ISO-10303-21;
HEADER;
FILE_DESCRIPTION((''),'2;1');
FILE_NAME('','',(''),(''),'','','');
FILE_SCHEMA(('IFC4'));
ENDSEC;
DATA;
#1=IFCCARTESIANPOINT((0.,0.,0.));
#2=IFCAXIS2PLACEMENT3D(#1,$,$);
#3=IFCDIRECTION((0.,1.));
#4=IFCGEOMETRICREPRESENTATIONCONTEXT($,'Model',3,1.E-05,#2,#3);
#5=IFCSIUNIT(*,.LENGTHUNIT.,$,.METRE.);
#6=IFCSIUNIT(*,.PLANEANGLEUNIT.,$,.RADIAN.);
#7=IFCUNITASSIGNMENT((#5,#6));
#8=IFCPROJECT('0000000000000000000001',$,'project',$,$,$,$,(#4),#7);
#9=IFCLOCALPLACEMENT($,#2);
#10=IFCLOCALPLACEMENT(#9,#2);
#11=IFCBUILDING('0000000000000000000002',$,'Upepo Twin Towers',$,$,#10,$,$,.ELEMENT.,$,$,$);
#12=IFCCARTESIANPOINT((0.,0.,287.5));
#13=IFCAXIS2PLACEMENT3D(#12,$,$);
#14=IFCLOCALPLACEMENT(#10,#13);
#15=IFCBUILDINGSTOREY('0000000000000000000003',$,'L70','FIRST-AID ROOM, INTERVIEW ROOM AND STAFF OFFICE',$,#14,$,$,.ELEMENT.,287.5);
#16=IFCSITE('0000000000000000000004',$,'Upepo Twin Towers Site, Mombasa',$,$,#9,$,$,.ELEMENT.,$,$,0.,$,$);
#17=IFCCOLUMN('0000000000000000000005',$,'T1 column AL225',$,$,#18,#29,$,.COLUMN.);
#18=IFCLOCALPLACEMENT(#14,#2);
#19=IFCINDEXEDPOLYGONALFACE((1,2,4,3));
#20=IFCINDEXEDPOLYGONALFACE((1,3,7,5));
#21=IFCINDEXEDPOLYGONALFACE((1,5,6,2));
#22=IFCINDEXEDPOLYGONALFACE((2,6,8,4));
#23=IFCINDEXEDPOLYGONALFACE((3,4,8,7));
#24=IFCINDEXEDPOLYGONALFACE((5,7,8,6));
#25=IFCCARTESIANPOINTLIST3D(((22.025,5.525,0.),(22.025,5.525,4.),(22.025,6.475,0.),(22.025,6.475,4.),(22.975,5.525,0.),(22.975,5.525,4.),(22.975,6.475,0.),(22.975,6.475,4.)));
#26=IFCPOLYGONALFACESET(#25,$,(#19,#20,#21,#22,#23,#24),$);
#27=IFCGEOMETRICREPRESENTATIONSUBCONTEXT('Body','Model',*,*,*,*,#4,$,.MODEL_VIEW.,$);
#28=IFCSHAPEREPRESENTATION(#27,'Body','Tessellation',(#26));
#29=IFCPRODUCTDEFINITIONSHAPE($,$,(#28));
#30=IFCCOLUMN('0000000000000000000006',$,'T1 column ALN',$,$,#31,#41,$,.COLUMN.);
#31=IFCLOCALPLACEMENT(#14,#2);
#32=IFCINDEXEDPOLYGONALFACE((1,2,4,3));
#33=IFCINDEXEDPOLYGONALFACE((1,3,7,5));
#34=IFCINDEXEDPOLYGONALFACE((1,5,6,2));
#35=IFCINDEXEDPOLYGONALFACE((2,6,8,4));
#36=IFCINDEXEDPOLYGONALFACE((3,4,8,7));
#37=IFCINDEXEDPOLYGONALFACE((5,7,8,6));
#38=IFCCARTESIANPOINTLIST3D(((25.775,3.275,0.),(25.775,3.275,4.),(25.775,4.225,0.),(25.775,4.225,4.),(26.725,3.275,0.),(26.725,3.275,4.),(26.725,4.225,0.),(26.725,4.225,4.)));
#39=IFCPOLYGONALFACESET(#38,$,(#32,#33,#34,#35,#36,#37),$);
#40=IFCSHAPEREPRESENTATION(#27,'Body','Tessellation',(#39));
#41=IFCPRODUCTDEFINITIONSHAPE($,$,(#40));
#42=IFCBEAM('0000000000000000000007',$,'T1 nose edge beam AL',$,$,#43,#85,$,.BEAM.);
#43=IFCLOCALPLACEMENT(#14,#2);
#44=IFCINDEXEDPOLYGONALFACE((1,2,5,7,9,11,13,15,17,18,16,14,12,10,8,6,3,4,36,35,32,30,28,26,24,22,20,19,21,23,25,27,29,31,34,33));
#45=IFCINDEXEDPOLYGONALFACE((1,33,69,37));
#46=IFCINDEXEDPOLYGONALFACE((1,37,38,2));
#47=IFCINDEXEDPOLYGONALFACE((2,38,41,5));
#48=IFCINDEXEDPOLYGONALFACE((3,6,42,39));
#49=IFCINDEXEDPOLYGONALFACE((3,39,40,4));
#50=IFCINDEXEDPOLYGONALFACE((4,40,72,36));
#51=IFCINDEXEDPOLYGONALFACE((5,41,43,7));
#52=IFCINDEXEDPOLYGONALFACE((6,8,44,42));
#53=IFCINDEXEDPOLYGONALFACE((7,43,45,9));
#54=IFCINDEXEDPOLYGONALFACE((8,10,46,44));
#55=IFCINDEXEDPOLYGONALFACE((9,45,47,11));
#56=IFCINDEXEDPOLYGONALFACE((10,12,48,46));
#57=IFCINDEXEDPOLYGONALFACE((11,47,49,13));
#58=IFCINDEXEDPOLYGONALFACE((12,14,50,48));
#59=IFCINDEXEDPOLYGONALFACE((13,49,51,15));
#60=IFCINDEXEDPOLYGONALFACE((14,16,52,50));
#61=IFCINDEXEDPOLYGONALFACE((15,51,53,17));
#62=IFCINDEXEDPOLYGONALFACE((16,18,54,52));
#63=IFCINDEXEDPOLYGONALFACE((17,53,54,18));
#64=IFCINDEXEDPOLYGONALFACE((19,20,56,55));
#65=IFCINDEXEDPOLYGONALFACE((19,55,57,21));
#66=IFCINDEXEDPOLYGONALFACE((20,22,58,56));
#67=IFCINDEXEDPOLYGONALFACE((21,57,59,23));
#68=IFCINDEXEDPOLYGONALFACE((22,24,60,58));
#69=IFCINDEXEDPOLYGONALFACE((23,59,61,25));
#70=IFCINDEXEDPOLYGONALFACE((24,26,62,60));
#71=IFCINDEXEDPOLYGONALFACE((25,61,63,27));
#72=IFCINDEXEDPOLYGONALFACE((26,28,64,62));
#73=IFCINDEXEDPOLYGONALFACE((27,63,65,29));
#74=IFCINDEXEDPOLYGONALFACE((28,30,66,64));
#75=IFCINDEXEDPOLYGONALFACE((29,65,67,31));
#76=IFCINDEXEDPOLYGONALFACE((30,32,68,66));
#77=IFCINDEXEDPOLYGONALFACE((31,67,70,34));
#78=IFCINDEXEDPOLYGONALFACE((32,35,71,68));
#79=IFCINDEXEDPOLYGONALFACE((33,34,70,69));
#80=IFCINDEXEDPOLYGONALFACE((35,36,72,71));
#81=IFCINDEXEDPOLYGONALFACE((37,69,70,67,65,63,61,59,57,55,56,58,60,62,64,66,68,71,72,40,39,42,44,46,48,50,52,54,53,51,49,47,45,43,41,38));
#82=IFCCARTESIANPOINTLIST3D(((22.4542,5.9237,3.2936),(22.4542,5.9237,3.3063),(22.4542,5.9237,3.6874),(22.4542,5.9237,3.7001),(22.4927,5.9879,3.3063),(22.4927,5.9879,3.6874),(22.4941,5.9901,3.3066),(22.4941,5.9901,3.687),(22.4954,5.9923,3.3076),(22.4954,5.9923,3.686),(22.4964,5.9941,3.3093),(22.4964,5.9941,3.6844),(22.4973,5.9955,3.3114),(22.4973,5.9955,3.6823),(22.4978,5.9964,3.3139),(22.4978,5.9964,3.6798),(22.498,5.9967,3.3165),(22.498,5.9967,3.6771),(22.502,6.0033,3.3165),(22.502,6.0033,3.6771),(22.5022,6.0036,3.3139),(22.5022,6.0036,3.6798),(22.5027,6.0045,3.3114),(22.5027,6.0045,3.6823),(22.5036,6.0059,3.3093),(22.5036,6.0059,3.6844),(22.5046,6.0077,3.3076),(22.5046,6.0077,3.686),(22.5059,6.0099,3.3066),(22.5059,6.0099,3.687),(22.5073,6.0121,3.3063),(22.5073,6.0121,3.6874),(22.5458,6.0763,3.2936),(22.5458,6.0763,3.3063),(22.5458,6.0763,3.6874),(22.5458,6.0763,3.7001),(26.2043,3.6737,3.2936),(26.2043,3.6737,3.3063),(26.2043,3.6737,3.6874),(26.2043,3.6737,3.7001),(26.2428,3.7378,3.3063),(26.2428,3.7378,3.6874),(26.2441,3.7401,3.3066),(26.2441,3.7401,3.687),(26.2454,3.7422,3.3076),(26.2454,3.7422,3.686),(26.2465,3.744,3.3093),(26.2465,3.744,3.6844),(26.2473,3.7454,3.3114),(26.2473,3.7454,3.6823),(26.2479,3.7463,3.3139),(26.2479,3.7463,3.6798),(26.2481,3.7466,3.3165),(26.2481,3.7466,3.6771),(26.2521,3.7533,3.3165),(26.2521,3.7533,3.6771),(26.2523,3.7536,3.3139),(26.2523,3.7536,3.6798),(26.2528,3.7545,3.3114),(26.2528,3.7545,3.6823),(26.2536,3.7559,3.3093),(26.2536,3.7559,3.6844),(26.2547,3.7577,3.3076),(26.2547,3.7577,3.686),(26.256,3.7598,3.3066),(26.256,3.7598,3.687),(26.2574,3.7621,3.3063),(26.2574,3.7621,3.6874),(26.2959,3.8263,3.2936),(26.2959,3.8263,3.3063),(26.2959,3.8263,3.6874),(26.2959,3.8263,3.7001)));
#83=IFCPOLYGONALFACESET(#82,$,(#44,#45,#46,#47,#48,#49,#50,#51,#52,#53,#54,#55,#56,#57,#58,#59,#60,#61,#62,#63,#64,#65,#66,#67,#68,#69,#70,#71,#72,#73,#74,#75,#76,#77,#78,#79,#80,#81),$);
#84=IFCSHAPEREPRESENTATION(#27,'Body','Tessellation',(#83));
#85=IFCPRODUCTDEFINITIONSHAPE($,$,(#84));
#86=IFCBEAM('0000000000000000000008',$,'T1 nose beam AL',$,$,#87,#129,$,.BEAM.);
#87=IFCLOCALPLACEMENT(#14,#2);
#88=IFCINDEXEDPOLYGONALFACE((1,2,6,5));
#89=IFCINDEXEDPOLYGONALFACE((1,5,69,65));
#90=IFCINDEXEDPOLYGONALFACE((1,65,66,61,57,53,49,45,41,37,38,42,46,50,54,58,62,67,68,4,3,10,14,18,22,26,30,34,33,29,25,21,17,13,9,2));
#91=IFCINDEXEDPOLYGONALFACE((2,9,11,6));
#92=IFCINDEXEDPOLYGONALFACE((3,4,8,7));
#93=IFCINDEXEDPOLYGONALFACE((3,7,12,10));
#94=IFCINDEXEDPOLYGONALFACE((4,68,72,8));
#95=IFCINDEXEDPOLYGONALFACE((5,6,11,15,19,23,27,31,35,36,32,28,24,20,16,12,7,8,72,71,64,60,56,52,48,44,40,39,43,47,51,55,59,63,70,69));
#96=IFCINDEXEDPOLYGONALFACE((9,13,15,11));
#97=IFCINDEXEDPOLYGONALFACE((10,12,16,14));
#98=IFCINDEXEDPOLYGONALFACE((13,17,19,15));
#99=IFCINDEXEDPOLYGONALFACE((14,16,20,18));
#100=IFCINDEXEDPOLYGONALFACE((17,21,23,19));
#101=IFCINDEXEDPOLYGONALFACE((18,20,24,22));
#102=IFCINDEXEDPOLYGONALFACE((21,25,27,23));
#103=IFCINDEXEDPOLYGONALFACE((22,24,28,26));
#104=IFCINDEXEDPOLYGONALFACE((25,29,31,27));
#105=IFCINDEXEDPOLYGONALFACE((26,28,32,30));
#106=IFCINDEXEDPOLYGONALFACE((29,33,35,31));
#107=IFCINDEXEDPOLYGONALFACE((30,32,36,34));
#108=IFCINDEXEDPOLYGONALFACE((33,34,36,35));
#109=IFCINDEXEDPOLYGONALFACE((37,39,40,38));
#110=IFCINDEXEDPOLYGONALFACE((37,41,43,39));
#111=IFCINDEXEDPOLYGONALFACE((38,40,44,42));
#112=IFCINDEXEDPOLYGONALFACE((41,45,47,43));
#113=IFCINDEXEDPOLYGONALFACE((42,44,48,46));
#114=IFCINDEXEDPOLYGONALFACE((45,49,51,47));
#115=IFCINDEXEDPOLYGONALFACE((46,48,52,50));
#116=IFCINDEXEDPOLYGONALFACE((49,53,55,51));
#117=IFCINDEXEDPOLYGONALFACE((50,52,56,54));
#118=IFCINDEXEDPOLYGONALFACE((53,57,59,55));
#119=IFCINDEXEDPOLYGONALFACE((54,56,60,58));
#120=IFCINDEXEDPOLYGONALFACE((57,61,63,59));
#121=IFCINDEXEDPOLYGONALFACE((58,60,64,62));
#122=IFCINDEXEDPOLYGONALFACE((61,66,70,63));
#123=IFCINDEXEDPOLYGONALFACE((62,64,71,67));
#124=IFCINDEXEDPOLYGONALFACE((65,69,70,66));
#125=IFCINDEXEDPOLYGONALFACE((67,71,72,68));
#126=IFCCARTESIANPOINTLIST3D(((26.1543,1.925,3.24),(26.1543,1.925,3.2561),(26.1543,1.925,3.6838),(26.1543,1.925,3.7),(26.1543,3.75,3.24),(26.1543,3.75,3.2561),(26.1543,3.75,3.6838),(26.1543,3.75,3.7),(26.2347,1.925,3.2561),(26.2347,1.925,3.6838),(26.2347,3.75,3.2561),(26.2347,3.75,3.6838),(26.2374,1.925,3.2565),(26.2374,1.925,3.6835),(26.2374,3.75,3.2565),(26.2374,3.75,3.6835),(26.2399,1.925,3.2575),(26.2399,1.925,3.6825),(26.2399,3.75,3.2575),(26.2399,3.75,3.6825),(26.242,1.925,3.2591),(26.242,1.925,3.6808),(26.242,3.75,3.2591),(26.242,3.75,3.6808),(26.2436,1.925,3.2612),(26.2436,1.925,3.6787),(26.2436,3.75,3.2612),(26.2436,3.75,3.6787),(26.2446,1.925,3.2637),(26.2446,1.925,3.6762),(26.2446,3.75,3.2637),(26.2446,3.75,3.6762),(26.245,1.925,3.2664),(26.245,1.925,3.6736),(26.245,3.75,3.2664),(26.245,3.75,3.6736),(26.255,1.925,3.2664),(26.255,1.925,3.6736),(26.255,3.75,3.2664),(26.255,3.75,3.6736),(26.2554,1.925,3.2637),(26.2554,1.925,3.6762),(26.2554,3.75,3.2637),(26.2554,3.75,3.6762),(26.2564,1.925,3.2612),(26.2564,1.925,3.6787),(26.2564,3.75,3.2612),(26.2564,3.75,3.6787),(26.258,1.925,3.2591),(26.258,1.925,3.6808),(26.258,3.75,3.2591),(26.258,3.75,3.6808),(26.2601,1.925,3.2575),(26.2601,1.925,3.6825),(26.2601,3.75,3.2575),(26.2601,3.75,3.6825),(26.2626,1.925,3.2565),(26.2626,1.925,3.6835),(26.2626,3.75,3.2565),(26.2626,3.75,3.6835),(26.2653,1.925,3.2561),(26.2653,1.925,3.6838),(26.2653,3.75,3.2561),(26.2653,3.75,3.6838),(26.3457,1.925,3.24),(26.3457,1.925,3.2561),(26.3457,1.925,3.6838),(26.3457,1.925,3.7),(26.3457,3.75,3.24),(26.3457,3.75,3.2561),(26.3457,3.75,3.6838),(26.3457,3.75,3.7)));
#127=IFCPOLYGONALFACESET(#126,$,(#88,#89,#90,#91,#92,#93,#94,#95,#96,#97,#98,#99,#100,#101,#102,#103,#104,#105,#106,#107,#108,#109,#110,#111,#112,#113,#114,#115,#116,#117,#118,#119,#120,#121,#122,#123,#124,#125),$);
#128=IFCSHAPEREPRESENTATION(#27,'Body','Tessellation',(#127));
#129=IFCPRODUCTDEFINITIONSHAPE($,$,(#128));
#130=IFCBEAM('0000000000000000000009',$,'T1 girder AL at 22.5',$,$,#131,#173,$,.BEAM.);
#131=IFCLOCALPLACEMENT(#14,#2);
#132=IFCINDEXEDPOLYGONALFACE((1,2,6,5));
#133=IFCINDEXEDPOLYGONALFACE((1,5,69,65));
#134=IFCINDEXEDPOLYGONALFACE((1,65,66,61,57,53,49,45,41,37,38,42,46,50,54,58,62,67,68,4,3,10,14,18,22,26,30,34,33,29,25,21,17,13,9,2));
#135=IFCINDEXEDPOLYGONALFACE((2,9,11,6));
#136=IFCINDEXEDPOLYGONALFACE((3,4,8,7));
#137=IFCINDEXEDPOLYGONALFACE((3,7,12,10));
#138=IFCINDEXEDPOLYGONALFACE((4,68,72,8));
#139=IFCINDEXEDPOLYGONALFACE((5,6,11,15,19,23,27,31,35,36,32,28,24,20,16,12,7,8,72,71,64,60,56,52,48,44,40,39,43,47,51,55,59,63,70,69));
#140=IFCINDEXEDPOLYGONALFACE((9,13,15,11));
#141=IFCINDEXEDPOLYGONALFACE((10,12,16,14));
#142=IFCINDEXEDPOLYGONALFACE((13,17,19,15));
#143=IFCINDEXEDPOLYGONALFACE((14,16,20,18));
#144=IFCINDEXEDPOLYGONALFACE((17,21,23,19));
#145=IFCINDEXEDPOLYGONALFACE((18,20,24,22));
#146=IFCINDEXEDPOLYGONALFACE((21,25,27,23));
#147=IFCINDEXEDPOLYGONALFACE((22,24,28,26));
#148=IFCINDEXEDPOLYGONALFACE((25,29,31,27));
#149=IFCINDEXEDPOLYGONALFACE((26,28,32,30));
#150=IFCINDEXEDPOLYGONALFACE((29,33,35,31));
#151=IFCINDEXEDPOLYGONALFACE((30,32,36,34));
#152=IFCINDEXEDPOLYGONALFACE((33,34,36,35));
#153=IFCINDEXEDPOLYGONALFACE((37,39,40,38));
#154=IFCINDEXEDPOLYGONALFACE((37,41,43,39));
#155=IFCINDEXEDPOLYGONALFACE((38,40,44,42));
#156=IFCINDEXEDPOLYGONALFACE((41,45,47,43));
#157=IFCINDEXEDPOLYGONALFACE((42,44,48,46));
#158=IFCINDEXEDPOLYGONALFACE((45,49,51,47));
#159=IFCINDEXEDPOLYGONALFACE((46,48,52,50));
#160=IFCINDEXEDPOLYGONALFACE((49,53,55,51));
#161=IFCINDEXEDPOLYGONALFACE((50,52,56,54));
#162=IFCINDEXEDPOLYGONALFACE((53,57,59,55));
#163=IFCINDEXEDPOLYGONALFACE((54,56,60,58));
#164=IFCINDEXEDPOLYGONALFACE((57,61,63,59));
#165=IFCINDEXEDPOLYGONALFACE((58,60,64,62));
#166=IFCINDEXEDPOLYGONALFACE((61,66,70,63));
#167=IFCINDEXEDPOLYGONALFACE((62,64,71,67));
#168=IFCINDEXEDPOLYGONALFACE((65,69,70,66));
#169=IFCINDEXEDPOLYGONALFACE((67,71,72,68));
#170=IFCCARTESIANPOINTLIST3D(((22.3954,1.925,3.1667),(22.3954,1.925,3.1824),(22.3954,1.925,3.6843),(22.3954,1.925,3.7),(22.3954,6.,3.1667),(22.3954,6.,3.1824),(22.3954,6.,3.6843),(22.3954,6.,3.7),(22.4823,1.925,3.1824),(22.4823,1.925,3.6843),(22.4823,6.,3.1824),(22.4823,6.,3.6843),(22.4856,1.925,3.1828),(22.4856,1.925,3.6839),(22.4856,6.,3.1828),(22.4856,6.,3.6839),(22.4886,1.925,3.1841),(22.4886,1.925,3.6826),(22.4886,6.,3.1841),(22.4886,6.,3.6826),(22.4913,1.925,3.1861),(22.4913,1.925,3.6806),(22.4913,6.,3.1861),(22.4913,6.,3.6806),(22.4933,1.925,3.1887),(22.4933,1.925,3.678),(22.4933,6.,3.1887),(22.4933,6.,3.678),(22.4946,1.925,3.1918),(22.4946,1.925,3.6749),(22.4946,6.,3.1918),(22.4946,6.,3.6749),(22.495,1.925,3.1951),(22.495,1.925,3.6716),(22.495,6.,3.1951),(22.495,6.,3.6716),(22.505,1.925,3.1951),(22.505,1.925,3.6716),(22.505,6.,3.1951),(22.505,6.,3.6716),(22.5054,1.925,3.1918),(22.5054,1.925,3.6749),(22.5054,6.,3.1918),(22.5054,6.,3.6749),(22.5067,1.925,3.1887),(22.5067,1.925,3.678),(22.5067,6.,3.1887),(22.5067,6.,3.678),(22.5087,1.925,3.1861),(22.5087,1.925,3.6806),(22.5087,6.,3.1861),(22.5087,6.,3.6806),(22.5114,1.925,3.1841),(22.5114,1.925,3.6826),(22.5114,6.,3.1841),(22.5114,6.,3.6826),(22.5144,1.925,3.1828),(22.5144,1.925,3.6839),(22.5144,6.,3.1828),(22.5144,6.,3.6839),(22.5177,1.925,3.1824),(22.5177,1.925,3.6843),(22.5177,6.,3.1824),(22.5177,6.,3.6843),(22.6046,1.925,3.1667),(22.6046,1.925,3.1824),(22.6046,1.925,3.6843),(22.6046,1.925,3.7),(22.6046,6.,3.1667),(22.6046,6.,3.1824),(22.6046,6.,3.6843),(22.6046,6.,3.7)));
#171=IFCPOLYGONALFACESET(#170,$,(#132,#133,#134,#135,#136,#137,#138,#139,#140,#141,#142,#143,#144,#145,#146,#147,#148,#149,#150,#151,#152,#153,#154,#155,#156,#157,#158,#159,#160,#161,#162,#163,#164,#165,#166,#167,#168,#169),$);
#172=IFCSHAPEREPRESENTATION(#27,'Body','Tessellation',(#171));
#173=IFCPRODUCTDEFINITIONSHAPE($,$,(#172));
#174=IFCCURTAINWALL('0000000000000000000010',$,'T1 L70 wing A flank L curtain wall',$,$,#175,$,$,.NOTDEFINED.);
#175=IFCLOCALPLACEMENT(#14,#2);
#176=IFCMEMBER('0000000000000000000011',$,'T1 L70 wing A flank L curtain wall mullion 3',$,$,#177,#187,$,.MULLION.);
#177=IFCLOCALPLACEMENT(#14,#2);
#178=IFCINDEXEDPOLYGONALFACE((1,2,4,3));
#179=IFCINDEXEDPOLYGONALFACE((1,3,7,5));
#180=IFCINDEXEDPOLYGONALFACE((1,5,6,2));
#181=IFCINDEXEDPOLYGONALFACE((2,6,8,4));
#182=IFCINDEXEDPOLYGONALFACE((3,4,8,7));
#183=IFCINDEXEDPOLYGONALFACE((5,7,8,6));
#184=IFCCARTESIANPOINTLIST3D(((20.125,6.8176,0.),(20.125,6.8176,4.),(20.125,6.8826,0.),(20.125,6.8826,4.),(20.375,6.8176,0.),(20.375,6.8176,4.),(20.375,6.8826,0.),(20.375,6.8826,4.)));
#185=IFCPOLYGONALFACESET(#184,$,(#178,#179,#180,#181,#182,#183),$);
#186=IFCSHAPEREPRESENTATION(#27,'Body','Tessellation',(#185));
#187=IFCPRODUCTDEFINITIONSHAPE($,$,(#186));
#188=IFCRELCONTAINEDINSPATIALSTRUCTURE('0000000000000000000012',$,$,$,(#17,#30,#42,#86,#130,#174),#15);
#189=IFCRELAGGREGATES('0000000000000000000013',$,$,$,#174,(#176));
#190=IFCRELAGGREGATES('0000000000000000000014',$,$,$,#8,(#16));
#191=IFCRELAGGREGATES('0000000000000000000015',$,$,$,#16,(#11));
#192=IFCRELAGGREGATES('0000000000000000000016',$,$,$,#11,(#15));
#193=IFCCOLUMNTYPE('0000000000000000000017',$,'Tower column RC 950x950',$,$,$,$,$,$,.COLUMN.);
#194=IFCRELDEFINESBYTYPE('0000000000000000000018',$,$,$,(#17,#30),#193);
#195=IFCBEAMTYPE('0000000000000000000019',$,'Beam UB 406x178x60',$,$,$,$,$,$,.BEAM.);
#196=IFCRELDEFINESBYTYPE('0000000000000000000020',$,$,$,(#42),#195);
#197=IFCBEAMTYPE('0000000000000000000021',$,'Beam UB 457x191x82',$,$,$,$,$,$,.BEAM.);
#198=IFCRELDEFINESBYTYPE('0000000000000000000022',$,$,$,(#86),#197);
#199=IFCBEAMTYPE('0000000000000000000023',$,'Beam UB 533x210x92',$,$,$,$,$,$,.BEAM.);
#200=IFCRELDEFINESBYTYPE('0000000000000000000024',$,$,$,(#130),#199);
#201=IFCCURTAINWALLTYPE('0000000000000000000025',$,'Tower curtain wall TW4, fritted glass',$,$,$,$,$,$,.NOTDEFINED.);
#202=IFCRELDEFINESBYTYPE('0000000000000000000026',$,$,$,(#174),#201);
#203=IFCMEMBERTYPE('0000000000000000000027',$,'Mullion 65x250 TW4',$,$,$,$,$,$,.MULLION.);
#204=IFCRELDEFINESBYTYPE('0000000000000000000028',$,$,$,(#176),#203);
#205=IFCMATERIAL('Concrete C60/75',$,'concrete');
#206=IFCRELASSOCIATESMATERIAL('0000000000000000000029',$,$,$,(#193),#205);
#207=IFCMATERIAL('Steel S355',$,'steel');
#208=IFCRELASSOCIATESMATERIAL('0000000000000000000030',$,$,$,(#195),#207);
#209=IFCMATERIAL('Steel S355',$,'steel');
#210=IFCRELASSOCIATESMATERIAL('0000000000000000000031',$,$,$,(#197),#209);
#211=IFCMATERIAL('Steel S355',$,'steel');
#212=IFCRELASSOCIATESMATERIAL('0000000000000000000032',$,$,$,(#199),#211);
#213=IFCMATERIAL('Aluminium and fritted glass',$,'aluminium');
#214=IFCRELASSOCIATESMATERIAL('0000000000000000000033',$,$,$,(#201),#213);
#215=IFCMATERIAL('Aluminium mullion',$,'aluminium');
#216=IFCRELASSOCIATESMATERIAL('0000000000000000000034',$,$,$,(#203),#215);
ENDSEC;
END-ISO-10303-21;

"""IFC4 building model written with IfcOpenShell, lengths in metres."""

from ifc_helpers import new_model, si_unit, direction, frame, origin, origin_2d, place, context, subcontext, project, spatial, rectangle, i_section, extrude, material, material_profile, profile_set, type_object, element, aggregate, save


model = new_model("IFC4")

# Units and contexts
model_context = context("Model", 3, precision=1e-05, world=origin(), true_north=direction((0.0, 1.0)))
body_context = subcontext(model_context, "Body", "Model", "MODEL_VIEW")
ifc_project = project(units=[si_unit("LENGTHUNIT", "METRE"), si_unit("PLANEANGLEUNIT", "RADIAN")], contexts=[model_context])

# Site, building, storey
site_placement = place(None, origin())
site = spatial("IfcSite", under=ifc_project, at=site_placement, Name="Upepo Twin Towers Site, Mombasa", CompositionType="ELEMENT", RefElevation=0.0)
building_placement = place(site_placement, origin())
building = spatial("IfcBuilding", under=site, at=building_placement, Name="Upepo Twin Towers", CompositionType="ELEMENT")
storey_placement = place(building_placement, frame((0.0, 0.0, 287.5)))
storey = spatial("IfcBuildingStorey", under=building, at=storey_placement, Name="L70", Description="FIRST-AID ROOM, INTERVIEW ROOM AND STAFF OFFICE", CompositionType="ELEMENT", Elevation=287.5)

# Columns
ifc_material_1 = material(Name="Concrete C60/75", Category="concrete")
ifc_material_profile_1 = material_profile(ifc_material_1, rectangle(XDim=0.95, YDim=0.95, at=origin_2d()), Name="RC 950x950")
ifc_profile_set_1 = profile_set([ifc_material_profile_1], Name="Concrete C60/75")
column_type = type_object("IfcColumnType", Name="Tower column RC 950x950", PredefinedType="COLUMN", material=ifc_profile_set_1)
for number, where, z_axis, x_axis, name in (
    (1, (22.5, 6.0, 0.0), (0.0, 0.0, 1.0), (1.0, 0.0, 0.0), "T1 column AL225"),
    (2, (26.25, 3.75, 0.0), (0.0, 0.0, 1.0), (1.0, 0.0, 0.0), "T1 column ALN"),
):
    element("IfcColumn", number, at=place(storey_placement, frame(where, z_axis=z_axis, x_axis=x_axis)), inside=storey, type_object=column_type, Name=name, PredefinedType="COLUMN", context=body_context, shape_type="SweptSolid", body=[
        extrude(rectangle(XDim=0.95, YDim=0.95, at=origin_2d()), origin(), (0.0, 0.0, 1.0), 4.0),
    ])

# Beams
ifc_material_2 = material(Name="Steel S355", Category="steel")
ifc_material_profile_2 = material_profile(ifc_material_2, i_section(OverallWidth=0.178, OverallDepth=0.4065, WebThickness=0.0078, FlangeThickness=0.0127, FilletRadius=0.0103, at=origin_2d()), Name="UB 406x178x60")
ifc_profile_set_2 = profile_set([ifc_material_profile_2], Name="Steel S355")
beam_type_1 = type_object("IfcBeamType", Name="Beam UB 406x178x60", PredefinedType="BEAM", material=ifc_profile_set_2)
beam_1_placement = place(storey_placement, frame((22.5, 6.0, 3.4968), z_axis=(0.857493, -0.514496, 0.0), x_axis=(0.514496, 0.857493, 0.0)))
element("IfcBeam", 3, at=beam_1_placement, inside=storey, type_object=beam_type_1, Name="T1 nose edge beam AL", PredefinedType="BEAM", context=body_context, shape_type="SweptSolid", body=[
    extrude(i_section(OverallWidth=0.178, OverallDepth=0.4065, WebThickness=0.0078, FlangeThickness=0.0127, FilletRadius=0.0103, at=origin_2d()), origin(), (0.0, 0.0, 1.0), 4.3733),
])
ifc_material_3 = material(Name="Steel S355", Category="steel")
ifc_material_profile_3 = material_profile(ifc_material_3, i_section(OverallWidth=0.1914, OverallDepth=0.46, WebThickness=0.01, FlangeThickness=0.0161, FilletRadius=0.0103, at=origin_2d()), Name="UB 457x191x82")
ifc_profile_set_3 = profile_set([ifc_material_profile_3], Name="Steel S355")
beam_type_2 = type_object("IfcBeamType", Name="Beam UB 457x191x82", PredefinedType="BEAM", material=ifc_profile_set_3)
beam_2_placement = place(storey_placement, frame((26.25, 3.75, 3.47), z_axis=(0.0, -1.0, 0.0), x_axis=(1.0, 0.0, 0.0)))
element("IfcBeam", 4, at=beam_2_placement, inside=storey, type_object=beam_type_2, Name="T1 nose beam AL", PredefinedType="BEAM", context=body_context, shape_type="SweptSolid", body=[
    extrude(i_section(OverallWidth=0.1914, OverallDepth=0.46, WebThickness=0.01, FlangeThickness=0.0161, FilletRadius=0.0103, at=origin_2d()), origin(), (0.0, 0.0, 1.0), 1.825),
])
ifc_material_4 = material(Name="Steel S355", Category="steel")
ifc_material_profile_4 = material_profile(ifc_material_4, i_section(OverallWidth=0.2092, OverallDepth=0.5332, WebThickness=0.01, FlangeThickness=0.0156, FilletRadius=0.0127, at=origin_2d()), Name="UB 533x210x92")
ifc_profile_set_4 = profile_set([ifc_material_profile_4], Name="Steel S355")
beam_type_3 = type_object("IfcBeamType", Name="Beam UB 533x210x92", PredefinedType="BEAM", material=ifc_profile_set_4)
beam_3_placement = place(storey_placement, frame((22.5, 6.0, 3.4333), z_axis=(0.0, -1.0, 0.0), x_axis=(1.0, 0.0, 0.0)))
element("IfcBeam", 5, at=beam_3_placement, inside=storey, type_object=beam_type_3, Name="T1 girder AL at 22.5", PredefinedType="BEAM", context=body_context, shape_type="SweptSolid", body=[
    extrude(i_section(OverallWidth=0.2092, OverallDepth=0.5332, WebThickness=0.01, FlangeThickness=0.0156, FilletRadius=0.0127, at=origin_2d()), origin(), (0.0, 0.0, 1.0), 4.075),
])

# Curtain wall, member
ifc_material_5 = material(Name="Aluminium and fritted glass", Category="aluminium")
curtain_wall_type = type_object("IfcCurtainWallType", Name="Tower curtain wall TW4, fritted glass", PredefinedType="NOTDEFINED", material=ifc_material_5)
curtain_wall_1_placement = place(storey_placement, origin())
curtain_wall_1 = element("IfcCurtainWall", 6, at=curtain_wall_1_placement, inside=storey, type_object=curtain_wall_type, Name="T1 L70 wing A flank L curtain wall", PredefinedType="NOTDEFINED")
ifc_material_6 = material(Name="Aluminium mullion", Category="aluminium")
ifc_material_profile_5 = material_profile(ifc_material_6, rectangle(XDim=0.0649, YDim=0.25, at=origin_2d()), Name="MULLION 65x250")
ifc_profile_set_5 = profile_set([ifc_material_profile_5], Name="Aluminium mullion")
member_type_1 = type_object("IfcMemberType", Name="Mullion 65x250 TW4", PredefinedType="MULLION", material=ifc_profile_set_5)
member_1_placement = place(storey_placement, frame((20.25, 6.8501, 0.0), z_axis=(0.0, 0.0, 1.0), x_axis=(0.0, 1.0, 0.0)))
member_1 = element("IfcMember", 7, at=member_1_placement, type_object=member_type_1, Name="T1 L70 wing A flank L curtain wall mullion 3", PredefinedType="MULLION", context=body_context, shape_type="SweptSolid", body=[
    extrude(rectangle(XDim=0.0649, YDim=0.25, at=origin_2d()), origin(), (0.0, 0.0, 1.0), 4.0),
])

aggregate(curtain_wall_1, [member_1])

save(model, "model.ifc")
